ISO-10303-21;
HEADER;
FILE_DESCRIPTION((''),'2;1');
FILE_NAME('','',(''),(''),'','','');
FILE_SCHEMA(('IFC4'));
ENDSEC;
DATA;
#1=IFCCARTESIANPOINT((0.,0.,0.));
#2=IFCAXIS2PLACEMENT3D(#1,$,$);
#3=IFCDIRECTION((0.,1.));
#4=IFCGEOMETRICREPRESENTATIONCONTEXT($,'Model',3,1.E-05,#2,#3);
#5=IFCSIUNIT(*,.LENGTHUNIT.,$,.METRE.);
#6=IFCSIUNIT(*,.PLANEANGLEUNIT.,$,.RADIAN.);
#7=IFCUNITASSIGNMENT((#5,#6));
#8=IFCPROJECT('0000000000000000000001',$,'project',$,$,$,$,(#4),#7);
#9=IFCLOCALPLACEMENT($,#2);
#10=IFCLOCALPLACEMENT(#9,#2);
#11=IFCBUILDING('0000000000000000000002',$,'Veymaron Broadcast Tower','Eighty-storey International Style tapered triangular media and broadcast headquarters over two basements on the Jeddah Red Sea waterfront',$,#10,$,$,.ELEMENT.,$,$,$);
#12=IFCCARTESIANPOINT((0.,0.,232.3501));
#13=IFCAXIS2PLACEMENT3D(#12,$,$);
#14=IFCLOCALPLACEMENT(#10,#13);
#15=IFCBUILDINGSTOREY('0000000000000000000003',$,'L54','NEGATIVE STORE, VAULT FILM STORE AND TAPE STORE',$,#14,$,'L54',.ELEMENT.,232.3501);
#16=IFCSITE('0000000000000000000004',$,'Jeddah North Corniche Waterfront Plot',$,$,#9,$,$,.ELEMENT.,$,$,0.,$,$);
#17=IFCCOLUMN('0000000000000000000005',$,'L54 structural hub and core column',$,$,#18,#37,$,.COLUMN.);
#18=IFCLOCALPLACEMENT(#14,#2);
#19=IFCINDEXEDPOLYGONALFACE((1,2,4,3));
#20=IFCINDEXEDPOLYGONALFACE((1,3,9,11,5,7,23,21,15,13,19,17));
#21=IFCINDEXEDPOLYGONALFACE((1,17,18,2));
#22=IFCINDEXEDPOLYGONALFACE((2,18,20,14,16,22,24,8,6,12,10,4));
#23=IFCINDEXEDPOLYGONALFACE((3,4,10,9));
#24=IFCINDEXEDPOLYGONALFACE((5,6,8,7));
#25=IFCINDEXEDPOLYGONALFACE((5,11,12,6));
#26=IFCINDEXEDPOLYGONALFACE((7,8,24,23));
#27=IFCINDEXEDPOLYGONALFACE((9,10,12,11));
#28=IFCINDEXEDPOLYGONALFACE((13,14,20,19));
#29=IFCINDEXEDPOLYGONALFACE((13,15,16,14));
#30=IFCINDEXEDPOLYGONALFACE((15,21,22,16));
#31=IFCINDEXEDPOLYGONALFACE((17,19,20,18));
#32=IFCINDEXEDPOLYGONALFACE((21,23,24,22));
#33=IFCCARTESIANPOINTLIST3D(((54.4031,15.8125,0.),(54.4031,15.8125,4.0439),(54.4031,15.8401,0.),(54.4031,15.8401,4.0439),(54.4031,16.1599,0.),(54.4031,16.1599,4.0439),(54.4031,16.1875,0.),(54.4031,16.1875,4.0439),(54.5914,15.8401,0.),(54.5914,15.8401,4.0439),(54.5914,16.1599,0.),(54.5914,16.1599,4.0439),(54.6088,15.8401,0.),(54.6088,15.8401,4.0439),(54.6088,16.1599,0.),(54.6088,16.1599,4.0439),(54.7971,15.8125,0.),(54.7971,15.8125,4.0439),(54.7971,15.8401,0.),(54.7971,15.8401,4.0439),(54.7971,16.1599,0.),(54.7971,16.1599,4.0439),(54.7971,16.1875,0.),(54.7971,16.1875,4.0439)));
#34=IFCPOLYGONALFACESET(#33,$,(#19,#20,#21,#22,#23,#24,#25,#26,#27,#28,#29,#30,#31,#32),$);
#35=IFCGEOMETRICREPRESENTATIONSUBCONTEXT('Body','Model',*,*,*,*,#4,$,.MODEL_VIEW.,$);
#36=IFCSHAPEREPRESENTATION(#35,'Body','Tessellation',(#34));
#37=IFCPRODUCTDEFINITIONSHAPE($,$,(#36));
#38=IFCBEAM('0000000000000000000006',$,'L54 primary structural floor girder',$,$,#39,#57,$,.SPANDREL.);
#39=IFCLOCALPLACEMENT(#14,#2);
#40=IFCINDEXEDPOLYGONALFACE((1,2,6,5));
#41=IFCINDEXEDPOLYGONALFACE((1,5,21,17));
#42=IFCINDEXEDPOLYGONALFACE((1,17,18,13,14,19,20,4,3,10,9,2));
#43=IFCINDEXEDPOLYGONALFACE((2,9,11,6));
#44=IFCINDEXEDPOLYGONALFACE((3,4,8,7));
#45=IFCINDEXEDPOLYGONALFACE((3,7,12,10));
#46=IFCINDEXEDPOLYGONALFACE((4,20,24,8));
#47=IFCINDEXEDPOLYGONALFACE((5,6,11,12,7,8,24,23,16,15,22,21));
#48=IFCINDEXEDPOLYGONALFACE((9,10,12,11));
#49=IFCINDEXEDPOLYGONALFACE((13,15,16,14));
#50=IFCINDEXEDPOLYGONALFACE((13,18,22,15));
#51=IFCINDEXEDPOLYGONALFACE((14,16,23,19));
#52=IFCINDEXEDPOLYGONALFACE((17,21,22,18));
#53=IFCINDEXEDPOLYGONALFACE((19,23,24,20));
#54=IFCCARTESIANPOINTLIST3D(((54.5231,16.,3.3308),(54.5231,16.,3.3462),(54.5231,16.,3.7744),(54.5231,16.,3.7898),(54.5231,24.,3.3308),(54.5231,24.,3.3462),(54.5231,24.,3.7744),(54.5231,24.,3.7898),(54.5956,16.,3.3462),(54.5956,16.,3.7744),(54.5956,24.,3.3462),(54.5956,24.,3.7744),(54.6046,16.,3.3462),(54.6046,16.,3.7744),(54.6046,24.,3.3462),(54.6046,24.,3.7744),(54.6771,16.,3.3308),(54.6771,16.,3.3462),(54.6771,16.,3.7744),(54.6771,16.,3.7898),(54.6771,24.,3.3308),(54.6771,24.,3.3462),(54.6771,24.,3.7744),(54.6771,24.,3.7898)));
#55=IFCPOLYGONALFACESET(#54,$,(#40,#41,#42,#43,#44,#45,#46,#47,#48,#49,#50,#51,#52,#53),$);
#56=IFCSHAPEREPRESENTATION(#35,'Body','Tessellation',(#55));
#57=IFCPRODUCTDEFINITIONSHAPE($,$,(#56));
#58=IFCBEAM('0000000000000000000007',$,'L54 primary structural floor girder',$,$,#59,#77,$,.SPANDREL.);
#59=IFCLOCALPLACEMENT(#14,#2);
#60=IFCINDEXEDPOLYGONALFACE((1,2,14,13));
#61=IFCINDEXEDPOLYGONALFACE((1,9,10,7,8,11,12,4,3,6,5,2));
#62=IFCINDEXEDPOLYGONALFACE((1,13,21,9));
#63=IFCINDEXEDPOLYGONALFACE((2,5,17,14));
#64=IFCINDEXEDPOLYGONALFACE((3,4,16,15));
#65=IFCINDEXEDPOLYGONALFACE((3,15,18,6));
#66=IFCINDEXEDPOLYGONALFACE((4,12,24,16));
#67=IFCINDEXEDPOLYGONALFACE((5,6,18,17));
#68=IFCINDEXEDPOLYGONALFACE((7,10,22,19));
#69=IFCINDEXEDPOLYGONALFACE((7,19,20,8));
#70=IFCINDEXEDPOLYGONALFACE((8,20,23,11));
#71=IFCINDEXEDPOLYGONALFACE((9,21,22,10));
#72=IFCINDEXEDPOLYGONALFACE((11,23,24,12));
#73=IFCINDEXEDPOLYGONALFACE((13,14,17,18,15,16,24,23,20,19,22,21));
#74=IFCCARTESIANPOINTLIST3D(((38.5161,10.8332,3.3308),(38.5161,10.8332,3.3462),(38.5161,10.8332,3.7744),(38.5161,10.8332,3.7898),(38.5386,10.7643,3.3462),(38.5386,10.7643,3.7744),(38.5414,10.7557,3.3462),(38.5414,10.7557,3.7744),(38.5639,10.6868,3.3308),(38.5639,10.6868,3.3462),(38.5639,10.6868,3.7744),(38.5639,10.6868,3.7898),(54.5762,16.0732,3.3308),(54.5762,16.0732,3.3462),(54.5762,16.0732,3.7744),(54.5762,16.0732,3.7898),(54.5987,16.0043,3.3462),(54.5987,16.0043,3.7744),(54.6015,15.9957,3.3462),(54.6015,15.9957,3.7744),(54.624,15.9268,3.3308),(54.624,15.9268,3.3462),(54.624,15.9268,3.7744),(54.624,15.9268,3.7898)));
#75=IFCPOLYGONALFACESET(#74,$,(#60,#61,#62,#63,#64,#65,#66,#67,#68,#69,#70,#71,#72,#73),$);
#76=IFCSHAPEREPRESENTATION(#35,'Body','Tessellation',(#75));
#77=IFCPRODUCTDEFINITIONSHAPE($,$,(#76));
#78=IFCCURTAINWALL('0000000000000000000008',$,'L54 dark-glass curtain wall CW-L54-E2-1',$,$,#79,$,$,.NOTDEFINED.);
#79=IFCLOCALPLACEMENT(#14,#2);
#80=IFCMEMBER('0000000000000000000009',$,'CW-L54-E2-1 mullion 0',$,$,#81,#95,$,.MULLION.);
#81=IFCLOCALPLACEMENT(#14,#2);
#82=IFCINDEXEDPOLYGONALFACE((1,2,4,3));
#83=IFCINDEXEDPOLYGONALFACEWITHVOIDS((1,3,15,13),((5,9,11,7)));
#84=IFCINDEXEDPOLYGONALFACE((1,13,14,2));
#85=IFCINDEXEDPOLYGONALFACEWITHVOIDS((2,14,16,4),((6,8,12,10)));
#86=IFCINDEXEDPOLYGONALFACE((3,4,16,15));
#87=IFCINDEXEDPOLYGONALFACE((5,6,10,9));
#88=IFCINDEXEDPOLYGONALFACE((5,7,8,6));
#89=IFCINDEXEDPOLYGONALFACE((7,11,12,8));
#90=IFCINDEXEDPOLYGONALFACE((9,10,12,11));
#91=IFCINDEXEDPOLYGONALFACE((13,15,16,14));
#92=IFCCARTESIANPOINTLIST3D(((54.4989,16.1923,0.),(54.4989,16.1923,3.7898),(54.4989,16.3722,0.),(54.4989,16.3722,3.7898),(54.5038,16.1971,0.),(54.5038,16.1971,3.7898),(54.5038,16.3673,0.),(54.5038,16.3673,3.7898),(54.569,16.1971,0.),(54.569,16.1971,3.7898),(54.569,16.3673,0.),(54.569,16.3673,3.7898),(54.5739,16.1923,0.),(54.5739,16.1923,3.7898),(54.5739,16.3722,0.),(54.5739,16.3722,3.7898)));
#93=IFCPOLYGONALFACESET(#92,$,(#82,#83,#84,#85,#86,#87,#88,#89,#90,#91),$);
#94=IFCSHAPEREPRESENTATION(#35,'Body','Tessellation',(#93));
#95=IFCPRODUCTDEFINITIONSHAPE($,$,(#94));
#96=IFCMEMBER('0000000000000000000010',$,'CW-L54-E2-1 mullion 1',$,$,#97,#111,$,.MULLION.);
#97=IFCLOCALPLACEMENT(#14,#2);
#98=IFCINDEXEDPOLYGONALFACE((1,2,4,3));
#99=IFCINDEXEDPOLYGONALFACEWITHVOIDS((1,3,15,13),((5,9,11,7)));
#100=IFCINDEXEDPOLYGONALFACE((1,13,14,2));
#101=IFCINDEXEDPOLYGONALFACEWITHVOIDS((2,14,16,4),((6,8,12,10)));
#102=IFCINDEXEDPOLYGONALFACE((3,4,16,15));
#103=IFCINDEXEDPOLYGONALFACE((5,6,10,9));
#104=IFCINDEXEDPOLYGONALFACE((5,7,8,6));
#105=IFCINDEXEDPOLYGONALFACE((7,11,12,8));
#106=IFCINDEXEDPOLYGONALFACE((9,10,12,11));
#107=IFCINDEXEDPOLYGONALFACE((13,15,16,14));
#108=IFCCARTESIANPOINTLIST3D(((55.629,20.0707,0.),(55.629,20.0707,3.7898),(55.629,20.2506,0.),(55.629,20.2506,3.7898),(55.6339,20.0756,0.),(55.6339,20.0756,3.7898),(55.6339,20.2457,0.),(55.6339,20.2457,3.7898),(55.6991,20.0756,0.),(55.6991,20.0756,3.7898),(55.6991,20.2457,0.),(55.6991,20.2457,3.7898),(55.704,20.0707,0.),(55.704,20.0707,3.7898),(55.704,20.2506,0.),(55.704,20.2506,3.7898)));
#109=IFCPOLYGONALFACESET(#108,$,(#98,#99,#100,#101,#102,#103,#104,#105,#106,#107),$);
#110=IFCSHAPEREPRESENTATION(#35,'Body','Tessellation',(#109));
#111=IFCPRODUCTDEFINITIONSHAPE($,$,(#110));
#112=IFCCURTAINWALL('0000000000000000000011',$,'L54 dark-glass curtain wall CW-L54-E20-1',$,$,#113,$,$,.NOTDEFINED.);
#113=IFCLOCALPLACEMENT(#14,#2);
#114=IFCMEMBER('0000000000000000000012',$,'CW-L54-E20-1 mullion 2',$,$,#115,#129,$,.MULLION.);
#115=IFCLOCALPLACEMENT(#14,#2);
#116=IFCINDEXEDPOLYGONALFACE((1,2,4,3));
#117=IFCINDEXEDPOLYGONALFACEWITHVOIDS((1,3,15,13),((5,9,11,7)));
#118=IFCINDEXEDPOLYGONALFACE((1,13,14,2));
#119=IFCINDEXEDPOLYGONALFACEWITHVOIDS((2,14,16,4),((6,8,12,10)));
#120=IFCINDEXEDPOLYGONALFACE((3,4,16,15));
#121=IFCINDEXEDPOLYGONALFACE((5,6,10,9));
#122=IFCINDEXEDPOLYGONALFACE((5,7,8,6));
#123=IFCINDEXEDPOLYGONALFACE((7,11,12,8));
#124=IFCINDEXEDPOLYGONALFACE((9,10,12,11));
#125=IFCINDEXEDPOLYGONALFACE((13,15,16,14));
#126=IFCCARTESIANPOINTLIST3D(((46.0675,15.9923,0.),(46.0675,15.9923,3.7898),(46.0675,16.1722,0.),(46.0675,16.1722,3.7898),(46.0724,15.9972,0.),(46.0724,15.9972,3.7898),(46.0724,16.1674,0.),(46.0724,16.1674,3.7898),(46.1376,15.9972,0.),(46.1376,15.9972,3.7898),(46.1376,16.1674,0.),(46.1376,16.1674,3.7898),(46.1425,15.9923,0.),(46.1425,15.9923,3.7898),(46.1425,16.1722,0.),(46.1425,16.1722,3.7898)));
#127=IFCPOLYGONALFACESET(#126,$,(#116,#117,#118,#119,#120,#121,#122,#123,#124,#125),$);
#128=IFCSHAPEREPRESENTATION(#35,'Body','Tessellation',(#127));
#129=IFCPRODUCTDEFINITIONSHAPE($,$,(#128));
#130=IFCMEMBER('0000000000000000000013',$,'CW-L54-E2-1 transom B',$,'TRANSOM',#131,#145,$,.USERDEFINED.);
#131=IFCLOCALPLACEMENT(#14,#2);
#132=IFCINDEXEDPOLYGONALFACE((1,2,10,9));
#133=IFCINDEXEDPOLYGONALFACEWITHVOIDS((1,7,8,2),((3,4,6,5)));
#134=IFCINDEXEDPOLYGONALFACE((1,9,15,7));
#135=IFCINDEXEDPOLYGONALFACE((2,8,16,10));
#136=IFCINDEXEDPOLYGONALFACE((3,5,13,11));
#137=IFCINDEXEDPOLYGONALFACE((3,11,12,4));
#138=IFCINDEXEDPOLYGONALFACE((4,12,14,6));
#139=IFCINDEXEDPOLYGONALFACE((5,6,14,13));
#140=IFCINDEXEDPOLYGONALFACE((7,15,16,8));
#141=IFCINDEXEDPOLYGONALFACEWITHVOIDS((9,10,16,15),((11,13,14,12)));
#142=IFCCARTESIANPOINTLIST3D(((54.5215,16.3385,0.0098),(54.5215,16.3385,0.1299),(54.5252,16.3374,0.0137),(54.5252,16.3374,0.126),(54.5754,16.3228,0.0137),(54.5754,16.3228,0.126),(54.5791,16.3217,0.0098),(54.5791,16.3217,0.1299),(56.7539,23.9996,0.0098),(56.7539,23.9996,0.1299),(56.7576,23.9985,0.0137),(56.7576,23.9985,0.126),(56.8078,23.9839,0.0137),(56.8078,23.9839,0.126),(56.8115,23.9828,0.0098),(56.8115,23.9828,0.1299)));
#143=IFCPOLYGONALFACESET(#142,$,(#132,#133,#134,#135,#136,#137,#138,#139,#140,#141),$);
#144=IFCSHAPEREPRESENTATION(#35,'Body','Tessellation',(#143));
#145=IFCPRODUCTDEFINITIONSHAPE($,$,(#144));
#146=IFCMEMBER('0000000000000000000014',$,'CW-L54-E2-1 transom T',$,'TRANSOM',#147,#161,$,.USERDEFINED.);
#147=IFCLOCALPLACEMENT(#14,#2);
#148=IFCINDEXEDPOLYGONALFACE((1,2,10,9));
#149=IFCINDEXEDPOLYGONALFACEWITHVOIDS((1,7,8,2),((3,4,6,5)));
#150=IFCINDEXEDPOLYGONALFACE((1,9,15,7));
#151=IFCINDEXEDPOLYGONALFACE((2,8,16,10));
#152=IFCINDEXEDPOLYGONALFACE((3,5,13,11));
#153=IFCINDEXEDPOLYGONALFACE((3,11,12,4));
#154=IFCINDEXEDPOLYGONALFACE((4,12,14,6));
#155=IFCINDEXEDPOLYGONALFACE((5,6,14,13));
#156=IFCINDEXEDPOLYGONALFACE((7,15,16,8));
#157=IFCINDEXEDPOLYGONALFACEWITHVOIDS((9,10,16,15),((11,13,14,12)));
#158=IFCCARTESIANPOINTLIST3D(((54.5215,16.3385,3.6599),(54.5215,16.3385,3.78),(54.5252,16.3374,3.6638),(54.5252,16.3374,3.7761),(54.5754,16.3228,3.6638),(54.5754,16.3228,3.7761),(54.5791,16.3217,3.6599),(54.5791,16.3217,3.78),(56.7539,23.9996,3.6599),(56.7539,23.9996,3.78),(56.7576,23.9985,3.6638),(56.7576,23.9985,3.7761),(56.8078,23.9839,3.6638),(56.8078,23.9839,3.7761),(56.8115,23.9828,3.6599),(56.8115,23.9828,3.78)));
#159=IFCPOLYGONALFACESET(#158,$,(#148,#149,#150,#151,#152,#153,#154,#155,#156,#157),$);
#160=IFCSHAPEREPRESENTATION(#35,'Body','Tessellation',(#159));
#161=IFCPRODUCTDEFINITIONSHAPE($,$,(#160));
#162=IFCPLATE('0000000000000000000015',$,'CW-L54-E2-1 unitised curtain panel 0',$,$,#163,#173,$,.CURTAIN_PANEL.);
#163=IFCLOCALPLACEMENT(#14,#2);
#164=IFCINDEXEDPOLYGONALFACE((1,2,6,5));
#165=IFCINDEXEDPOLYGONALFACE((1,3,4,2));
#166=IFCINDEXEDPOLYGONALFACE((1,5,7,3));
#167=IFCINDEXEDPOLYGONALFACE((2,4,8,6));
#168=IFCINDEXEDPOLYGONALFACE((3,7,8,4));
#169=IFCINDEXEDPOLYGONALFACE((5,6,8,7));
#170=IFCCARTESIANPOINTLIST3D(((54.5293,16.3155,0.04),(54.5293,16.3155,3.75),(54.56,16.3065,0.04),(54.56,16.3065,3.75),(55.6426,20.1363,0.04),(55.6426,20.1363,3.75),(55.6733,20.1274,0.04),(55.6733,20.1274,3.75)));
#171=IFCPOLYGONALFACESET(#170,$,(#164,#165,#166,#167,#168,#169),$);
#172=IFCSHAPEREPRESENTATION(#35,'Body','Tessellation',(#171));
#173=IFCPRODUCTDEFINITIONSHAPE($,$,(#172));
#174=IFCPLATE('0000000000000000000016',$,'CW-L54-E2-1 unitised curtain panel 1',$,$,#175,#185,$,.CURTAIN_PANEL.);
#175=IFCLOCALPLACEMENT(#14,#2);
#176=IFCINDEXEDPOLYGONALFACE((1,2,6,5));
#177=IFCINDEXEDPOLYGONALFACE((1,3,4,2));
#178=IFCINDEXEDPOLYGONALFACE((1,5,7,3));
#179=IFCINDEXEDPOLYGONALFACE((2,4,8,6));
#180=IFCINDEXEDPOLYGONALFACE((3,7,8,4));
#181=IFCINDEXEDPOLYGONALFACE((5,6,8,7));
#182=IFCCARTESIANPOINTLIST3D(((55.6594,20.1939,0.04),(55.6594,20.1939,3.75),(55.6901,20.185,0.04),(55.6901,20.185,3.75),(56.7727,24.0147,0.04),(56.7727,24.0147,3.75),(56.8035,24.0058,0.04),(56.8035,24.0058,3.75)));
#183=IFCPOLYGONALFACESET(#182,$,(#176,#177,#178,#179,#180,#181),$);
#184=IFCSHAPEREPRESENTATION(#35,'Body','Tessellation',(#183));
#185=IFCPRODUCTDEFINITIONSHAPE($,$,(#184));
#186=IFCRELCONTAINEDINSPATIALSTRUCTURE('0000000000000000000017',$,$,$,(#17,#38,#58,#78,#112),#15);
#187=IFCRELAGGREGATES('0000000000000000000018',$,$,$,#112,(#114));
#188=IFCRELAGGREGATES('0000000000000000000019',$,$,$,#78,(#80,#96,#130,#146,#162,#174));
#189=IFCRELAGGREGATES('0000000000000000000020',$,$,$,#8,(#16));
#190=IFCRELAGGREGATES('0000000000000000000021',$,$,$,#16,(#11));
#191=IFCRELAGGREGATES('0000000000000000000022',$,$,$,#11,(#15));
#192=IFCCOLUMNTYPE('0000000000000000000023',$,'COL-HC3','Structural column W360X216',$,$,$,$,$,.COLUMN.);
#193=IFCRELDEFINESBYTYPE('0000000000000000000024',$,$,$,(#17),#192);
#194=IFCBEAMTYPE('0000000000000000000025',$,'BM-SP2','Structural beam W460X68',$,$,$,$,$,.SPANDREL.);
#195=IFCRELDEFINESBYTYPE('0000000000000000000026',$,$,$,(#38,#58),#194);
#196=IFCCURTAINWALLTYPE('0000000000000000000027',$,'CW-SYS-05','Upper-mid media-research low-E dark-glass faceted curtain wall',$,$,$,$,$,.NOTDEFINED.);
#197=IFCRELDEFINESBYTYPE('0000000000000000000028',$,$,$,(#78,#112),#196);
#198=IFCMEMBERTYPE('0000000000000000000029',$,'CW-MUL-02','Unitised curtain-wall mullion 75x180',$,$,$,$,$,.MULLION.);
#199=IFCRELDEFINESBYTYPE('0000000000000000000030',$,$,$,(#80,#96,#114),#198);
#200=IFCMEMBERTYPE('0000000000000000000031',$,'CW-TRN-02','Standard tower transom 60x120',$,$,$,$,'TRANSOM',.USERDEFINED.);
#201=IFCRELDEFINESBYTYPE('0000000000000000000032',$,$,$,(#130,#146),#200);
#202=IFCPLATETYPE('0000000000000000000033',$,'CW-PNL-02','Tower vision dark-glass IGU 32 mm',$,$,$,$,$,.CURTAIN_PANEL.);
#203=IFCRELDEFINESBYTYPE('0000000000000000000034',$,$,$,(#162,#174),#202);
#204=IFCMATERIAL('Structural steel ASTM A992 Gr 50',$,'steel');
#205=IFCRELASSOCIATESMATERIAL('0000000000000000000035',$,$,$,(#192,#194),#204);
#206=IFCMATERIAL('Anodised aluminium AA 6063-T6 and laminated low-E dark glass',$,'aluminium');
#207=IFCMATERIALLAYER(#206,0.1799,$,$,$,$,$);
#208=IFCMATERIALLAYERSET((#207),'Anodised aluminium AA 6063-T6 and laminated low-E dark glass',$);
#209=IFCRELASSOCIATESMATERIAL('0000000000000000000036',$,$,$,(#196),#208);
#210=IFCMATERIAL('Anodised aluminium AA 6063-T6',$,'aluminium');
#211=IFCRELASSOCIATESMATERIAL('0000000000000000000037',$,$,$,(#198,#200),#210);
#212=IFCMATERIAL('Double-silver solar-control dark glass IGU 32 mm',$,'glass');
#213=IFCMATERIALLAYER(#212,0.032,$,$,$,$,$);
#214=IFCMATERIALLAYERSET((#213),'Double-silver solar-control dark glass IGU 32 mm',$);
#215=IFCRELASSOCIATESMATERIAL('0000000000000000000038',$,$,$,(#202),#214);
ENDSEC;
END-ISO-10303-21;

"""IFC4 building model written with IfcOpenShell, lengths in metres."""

from ifc_helpers import new_model, si_unit, direction, frame, origin, origin_2d, place, context, subcontext, project, spatial, rectangle, hollow_rectangle, i_section, extrude, material, layer, layer_set, material_profile, profile_set, type_object, element, aggregate, save


model = new_model("IFC4")

# Units and contexts
model_context = context("Model", 3, precision=1e-05, world=origin(), true_north=direction((0.0, 1.0)))
body_context = subcontext(model_context, "Body", "Model", "MODEL_VIEW")
ifc_project = project(units=[si_unit("LENGTHUNIT", "METRE"), si_unit("PLANEANGLEUNIT", "RADIAN")], contexts=[model_context])

# Site, building, storey
site_placement = place(None, origin())
site = spatial("IfcSite", under=ifc_project, at=site_placement, Name="Jeddah North Corniche Waterfront Plot", CompositionType="ELEMENT", RefElevation=0.0)
building_placement = place(site_placement, origin())
building = spatial("IfcBuilding", under=site, at=building_placement, Name="Veymaron Broadcast Tower", Description="Eighty-storey International Style tapered triangular media and broadcast headquarters over two basements on the Jeddah Red Sea waterfront", CompositionType="ELEMENT")
storey_placement = place(building_placement, frame((0.0, 0.0, 232.3501)))
storey = spatial("IfcBuildingStorey", under=building, at=storey_placement, Name="L54", Description="NEGATIVE STORE, VAULT FILM STORE AND TAPE STORE", LongName="L54", CompositionType="ELEMENT", Elevation=232.3501)

# Column
ifc_material_1 = material(Name="Structural steel ASTM A992 Gr 50", Category="steel")
ifc_material_profile_1 = material_profile(ifc_material_1, i_section(OverallWidth=0.394, OverallDepth=0.375, WebThickness=0.0173, FlangeThickness=0.0276, at=origin_2d()), Name="W360X216")
ifc_profile_set_1 = profile_set([ifc_material_profile_1], Name="Structural steel ASTM A992 Gr 50")
column_type = type_object("IfcColumnType", Name="COL-HC3", Description="Structural column W360X216", PredefinedType="COLUMN", material=ifc_profile_set_1)
column_placement = place(storey_placement, frame((54.6001, 16.0, 0.0), z_axis=(0.0, 0.0, 1.0), x_axis=(1.0, 0.0, 0.0)))
element("IfcColumn", 1, at=column_placement, inside=storey, type_object=column_type, Name="L54 structural hub and core column", PredefinedType="COLUMN", context=body_context, shape_type="SweptSolid", body=[
    extrude(i_section(OverallWidth=0.394, OverallDepth=0.375, WebThickness=0.0173, FlangeThickness=0.0276, at=origin_2d()), origin(), (0.0, 0.0, 1.0), 4.0439),
])

# Beams
ifc_material_profile_2 = material_profile(ifc_material_1, i_section(OverallWidth=0.1541, OverallDepth=0.459, WebThickness=0.009, FlangeThickness=0.0154, at=origin_2d()), Name="W460X68")
ifc_profile_set_2 = profile_set([ifc_material_profile_2], Name="Structural steel ASTM A992 Gr 50")
beam_type = type_object("IfcBeamType", Name="BM-SP2", Description="Structural beam W460X68", PredefinedType="SPANDREL", material=ifc_profile_set_2)
beam_1_placement = place(storey_placement, frame((54.6001, 16.0, 3.5603), z_axis=(0.0, 1.0, 0.0), x_axis=(-1.0, 0.0, 0.0)))
element("IfcBeam", 2, at=beam_1_placement, inside=storey, type_object=beam_type, Name="L54 primary structural floor girder", PredefinedType="SPANDREL", context=body_context, shape_type="SweptSolid", body=[
    extrude(i_section(OverallWidth=0.1541, OverallDepth=0.459, WebThickness=0.009, FlangeThickness=0.0154, at=origin_2d()), origin(), (0.0, 0.0, 1.0), 8.0),
])
beam_2_placement = place(storey_placement, frame((54.6001, 16.0, 3.5603), z_axis=(-0.950677, -0.310182, 0.0), x_axis=(0.310182, -0.950677, 0.0)))
element("IfcBeam", 3, at=beam_2_placement, inside=storey, type_object=beam_type, Name="L54 primary structural floor girder", PredefinedType="SPANDREL", context=body_context, shape_type="SweptSolid", body=[
    extrude(i_section(OverallWidth=0.1541, OverallDepth=0.459, WebThickness=0.009, FlangeThickness=0.0154, at=origin_2d()), origin(), (0.0, 0.0, 1.0), 16.8933),
])

# Curtain wall, members
ifc_material_2 = material(Name="Anodised aluminium AA 6063-T6 and laminated low-E dark glass", Category="aluminium")
ifc_layer_1 = layer(ifc_material_2, 0.1799)
ifc_layer_set_1 = layer_set([ifc_layer_1], Name="Anodised aluminium AA 6063-T6 and laminated low-E dark glass")
curtain_wall_type = type_object("IfcCurtainWallType", Name="CW-SYS-05", Description="Upper-mid media-research low-E dark-glass faceted curtain wall", PredefinedType="NOTDEFINED", material=ifc_layer_set_1)
curtain_wall_1_placement = place(storey_placement, origin())
curtain_wall_1 = element("IfcCurtainWall", 4, at=curtain_wall_1_placement, inside=storey, type_object=curtain_wall_type, Name="L54 dark-glass curtain wall CW-L54-E2-1", PredefinedType="NOTDEFINED")
ifc_material_3 = material(Name="Anodised aluminium AA 6063-T6", Category="aluminium")
ifc_material_profile_3 = material_profile(ifc_material_3, hollow_rectangle(XDim=0.075, YDim=0.1799, WallThickness=0.0049, at=origin_2d()), Name="AL180X75X5")
ifc_profile_set_3 = profile_set([ifc_material_profile_3], Name="Anodised aluminium AA 6063-T6")
member_type_1 = type_object("IfcMemberType", Name="CW-MUL-02", Description="Unitised curtain-wall mullion 75x180", PredefinedType="MULLION", material=ifc_profile_set_3)
member_1_placement = place(storey_placement, frame((54.5364, 16.2822, 0.0), z_axis=(0.0, 0.0, 1.0), x_axis=(1.0, 0.0, 0.0)))
member_1 = element("IfcMember", 5, at=member_1_placement, type_object=member_type_1, Name="CW-L54-E2-1 mullion 0", PredefinedType="MULLION", context=body_context, shape_type="SweptSolid", body=[
    extrude(hollow_rectangle(XDim=0.075, YDim=0.1799, WallThickness=0.0049, at=origin_2d()), origin(), (0.0, 0.0, 1.0), 3.7898),
])
member_2_placement = place(storey_placement, frame((55.6665, 20.1606, 0.0), z_axis=(0.0, 0.0, 1.0), x_axis=(1.0, 0.0, 0.0)))
member_2 = element("IfcMember", 6, at=member_2_placement, type_object=member_type_1, Name="CW-L54-E2-1 mullion 1", PredefinedType="MULLION", context=body_context, shape_type="SweptSolid", body=[
    extrude(hollow_rectangle(XDim=0.075, YDim=0.1799, WallThickness=0.0049, at=origin_2d()), origin(), (0.0, 0.0, 1.0), 3.7898),
])

# Curtain wall, member
curtain_wall_2_placement = place(storey_placement, origin())
curtain_wall_2 = element("IfcCurtainWall", 7, at=curtain_wall_2_placement, inside=storey, type_object=curtain_wall_type, Name="L54 dark-glass curtain wall CW-L54-E20-1", PredefinedType="NOTDEFINED")
member_3_placement = place(storey_placement, frame((46.105, 16.0823, 0.0), z_axis=(0.0, 0.0, 1.0), x_axis=(1.0, 0.0, 0.0)))
member_3 = element("IfcMember", 8, at=member_3_placement, type_object=member_type_1, Name="CW-L54-E20-1 mullion 2", PredefinedType="MULLION", context=body_context, shape_type="SweptSolid", body=[
    extrude(hollow_rectangle(XDim=0.075, YDim=0.1799, WallThickness=0.0049, at=origin_2d()), origin(), (0.0, 0.0, 1.0), 3.7898),
])
aggregate(curtain_wall_2, [member_3])

# Members
ifc_material_profile_4 = material_profile(ifc_material_3, hollow_rectangle(XDim=0.0601, YDim=0.1201, WallThickness=0.0039, at=origin_2d()), Name="AL120X60X4")
ifc_profile_set_4 = profile_set([ifc_material_profile_4], Name="Anodised aluminium AA 6063-T6")
member_type_2 = type_object("IfcMemberType", Name="CW-TRN-02", Description="Standard tower transom 60x120", ElementType="TRANSOM", PredefinedType="USERDEFINED", material=ifc_profile_set_4)
member_4_placement = place(storey_placement, frame((54.5503, 16.3301, 0.0698), z_axis=(0.27976, 0.96007, 0.0), x_axis=(-0.96007, 0.27976, 0.0)))
member_4 = element("IfcMember", 9, at=member_4_placement, type_object=member_type_2, Name="CW-L54-E2-1 transom B", ObjectType="TRANSOM", PredefinedType="USERDEFINED", context=body_context, shape_type="SweptSolid", body=[
    extrude(hollow_rectangle(XDim=0.0601, YDim=0.1201, WallThickness=0.0039, at=origin_2d()), origin(), (0.0, 0.0, 1.0), 7.9797),
])
member_5_placement = place(storey_placement, frame((54.5503, 16.3301, 3.72), z_axis=(0.27976, 0.96007, 0.0), x_axis=(-0.96007, 0.27976, 0.0)))
member_5 = element("IfcMember", 10, at=member_5_placement, type_object=member_type_2, Name="CW-L54-E2-1 transom T", ObjectType="TRANSOM", PredefinedType="USERDEFINED", context=body_context, shape_type="SweptSolid", body=[
    extrude(hollow_rectangle(XDim=0.0601, YDim=0.1201, WallThickness=0.0039, at=origin_2d()), origin(), (0.0, 0.0, 1.0), 7.9797),
])

# Plates
ifc_material_4 = material(Name="Double-silver solar-control dark glass IGU 32 mm", Category="glass")
ifc_layer_2 = layer(ifc_material_4, 0.032)
ifc_layer_set_2 = layer_set([ifc_layer_2], Name="Double-silver solar-control dark glass IGU 32 mm")
plate_type = type_object("IfcPlateType", Name="CW-PNL-02", Description="Tower vision dark-glass IGU 32 mm", PredefinedType="CURTAIN_PANEL", material=ifc_layer_set_2)
plate_1_placement = place(storey_placement, frame((55.1013, 18.2214, 0.04), z_axis=(0.0, 0.0, 1.0), x_axis=(0.279745, 0.960074, 0.0)))
plate_1 = element("IfcPlate", 11, at=plate_1_placement, type_object=plate_type, Name="CW-L54-E2-1 unitised curtain panel 0", PredefinedType="CURTAIN_PANEL", context=body_context, shape_type="SweptSolid", body=[
    extrude(rectangle(XDim=3.9797, YDim=0.032, at=origin_2d()), origin(), (0.0, 0.0, 1.0), 3.71),
])
plate_2_placement = place(storey_placement, frame((56.2314, 22.0999, 0.04), z_axis=(0.0, 0.0, 1.0), x_axis=(0.279745, 0.960074, 0.0)))
plate_2 = element("IfcPlate", 12, at=plate_2_placement, type_object=plate_type, Name="CW-L54-E2-1 unitised curtain panel 1", PredefinedType="CURTAIN_PANEL", context=body_context, shape_type="SweptSolid", body=[
    extrude(rectangle(XDim=3.9797, YDim=0.032, at=origin_2d()), origin(), (0.0, 0.0, 1.0), 3.71),
])
aggregate(curtain_wall_1, [member_1, member_2, member_4, member_5, plate_1, plate_2])

save(model, "model.ifc")
